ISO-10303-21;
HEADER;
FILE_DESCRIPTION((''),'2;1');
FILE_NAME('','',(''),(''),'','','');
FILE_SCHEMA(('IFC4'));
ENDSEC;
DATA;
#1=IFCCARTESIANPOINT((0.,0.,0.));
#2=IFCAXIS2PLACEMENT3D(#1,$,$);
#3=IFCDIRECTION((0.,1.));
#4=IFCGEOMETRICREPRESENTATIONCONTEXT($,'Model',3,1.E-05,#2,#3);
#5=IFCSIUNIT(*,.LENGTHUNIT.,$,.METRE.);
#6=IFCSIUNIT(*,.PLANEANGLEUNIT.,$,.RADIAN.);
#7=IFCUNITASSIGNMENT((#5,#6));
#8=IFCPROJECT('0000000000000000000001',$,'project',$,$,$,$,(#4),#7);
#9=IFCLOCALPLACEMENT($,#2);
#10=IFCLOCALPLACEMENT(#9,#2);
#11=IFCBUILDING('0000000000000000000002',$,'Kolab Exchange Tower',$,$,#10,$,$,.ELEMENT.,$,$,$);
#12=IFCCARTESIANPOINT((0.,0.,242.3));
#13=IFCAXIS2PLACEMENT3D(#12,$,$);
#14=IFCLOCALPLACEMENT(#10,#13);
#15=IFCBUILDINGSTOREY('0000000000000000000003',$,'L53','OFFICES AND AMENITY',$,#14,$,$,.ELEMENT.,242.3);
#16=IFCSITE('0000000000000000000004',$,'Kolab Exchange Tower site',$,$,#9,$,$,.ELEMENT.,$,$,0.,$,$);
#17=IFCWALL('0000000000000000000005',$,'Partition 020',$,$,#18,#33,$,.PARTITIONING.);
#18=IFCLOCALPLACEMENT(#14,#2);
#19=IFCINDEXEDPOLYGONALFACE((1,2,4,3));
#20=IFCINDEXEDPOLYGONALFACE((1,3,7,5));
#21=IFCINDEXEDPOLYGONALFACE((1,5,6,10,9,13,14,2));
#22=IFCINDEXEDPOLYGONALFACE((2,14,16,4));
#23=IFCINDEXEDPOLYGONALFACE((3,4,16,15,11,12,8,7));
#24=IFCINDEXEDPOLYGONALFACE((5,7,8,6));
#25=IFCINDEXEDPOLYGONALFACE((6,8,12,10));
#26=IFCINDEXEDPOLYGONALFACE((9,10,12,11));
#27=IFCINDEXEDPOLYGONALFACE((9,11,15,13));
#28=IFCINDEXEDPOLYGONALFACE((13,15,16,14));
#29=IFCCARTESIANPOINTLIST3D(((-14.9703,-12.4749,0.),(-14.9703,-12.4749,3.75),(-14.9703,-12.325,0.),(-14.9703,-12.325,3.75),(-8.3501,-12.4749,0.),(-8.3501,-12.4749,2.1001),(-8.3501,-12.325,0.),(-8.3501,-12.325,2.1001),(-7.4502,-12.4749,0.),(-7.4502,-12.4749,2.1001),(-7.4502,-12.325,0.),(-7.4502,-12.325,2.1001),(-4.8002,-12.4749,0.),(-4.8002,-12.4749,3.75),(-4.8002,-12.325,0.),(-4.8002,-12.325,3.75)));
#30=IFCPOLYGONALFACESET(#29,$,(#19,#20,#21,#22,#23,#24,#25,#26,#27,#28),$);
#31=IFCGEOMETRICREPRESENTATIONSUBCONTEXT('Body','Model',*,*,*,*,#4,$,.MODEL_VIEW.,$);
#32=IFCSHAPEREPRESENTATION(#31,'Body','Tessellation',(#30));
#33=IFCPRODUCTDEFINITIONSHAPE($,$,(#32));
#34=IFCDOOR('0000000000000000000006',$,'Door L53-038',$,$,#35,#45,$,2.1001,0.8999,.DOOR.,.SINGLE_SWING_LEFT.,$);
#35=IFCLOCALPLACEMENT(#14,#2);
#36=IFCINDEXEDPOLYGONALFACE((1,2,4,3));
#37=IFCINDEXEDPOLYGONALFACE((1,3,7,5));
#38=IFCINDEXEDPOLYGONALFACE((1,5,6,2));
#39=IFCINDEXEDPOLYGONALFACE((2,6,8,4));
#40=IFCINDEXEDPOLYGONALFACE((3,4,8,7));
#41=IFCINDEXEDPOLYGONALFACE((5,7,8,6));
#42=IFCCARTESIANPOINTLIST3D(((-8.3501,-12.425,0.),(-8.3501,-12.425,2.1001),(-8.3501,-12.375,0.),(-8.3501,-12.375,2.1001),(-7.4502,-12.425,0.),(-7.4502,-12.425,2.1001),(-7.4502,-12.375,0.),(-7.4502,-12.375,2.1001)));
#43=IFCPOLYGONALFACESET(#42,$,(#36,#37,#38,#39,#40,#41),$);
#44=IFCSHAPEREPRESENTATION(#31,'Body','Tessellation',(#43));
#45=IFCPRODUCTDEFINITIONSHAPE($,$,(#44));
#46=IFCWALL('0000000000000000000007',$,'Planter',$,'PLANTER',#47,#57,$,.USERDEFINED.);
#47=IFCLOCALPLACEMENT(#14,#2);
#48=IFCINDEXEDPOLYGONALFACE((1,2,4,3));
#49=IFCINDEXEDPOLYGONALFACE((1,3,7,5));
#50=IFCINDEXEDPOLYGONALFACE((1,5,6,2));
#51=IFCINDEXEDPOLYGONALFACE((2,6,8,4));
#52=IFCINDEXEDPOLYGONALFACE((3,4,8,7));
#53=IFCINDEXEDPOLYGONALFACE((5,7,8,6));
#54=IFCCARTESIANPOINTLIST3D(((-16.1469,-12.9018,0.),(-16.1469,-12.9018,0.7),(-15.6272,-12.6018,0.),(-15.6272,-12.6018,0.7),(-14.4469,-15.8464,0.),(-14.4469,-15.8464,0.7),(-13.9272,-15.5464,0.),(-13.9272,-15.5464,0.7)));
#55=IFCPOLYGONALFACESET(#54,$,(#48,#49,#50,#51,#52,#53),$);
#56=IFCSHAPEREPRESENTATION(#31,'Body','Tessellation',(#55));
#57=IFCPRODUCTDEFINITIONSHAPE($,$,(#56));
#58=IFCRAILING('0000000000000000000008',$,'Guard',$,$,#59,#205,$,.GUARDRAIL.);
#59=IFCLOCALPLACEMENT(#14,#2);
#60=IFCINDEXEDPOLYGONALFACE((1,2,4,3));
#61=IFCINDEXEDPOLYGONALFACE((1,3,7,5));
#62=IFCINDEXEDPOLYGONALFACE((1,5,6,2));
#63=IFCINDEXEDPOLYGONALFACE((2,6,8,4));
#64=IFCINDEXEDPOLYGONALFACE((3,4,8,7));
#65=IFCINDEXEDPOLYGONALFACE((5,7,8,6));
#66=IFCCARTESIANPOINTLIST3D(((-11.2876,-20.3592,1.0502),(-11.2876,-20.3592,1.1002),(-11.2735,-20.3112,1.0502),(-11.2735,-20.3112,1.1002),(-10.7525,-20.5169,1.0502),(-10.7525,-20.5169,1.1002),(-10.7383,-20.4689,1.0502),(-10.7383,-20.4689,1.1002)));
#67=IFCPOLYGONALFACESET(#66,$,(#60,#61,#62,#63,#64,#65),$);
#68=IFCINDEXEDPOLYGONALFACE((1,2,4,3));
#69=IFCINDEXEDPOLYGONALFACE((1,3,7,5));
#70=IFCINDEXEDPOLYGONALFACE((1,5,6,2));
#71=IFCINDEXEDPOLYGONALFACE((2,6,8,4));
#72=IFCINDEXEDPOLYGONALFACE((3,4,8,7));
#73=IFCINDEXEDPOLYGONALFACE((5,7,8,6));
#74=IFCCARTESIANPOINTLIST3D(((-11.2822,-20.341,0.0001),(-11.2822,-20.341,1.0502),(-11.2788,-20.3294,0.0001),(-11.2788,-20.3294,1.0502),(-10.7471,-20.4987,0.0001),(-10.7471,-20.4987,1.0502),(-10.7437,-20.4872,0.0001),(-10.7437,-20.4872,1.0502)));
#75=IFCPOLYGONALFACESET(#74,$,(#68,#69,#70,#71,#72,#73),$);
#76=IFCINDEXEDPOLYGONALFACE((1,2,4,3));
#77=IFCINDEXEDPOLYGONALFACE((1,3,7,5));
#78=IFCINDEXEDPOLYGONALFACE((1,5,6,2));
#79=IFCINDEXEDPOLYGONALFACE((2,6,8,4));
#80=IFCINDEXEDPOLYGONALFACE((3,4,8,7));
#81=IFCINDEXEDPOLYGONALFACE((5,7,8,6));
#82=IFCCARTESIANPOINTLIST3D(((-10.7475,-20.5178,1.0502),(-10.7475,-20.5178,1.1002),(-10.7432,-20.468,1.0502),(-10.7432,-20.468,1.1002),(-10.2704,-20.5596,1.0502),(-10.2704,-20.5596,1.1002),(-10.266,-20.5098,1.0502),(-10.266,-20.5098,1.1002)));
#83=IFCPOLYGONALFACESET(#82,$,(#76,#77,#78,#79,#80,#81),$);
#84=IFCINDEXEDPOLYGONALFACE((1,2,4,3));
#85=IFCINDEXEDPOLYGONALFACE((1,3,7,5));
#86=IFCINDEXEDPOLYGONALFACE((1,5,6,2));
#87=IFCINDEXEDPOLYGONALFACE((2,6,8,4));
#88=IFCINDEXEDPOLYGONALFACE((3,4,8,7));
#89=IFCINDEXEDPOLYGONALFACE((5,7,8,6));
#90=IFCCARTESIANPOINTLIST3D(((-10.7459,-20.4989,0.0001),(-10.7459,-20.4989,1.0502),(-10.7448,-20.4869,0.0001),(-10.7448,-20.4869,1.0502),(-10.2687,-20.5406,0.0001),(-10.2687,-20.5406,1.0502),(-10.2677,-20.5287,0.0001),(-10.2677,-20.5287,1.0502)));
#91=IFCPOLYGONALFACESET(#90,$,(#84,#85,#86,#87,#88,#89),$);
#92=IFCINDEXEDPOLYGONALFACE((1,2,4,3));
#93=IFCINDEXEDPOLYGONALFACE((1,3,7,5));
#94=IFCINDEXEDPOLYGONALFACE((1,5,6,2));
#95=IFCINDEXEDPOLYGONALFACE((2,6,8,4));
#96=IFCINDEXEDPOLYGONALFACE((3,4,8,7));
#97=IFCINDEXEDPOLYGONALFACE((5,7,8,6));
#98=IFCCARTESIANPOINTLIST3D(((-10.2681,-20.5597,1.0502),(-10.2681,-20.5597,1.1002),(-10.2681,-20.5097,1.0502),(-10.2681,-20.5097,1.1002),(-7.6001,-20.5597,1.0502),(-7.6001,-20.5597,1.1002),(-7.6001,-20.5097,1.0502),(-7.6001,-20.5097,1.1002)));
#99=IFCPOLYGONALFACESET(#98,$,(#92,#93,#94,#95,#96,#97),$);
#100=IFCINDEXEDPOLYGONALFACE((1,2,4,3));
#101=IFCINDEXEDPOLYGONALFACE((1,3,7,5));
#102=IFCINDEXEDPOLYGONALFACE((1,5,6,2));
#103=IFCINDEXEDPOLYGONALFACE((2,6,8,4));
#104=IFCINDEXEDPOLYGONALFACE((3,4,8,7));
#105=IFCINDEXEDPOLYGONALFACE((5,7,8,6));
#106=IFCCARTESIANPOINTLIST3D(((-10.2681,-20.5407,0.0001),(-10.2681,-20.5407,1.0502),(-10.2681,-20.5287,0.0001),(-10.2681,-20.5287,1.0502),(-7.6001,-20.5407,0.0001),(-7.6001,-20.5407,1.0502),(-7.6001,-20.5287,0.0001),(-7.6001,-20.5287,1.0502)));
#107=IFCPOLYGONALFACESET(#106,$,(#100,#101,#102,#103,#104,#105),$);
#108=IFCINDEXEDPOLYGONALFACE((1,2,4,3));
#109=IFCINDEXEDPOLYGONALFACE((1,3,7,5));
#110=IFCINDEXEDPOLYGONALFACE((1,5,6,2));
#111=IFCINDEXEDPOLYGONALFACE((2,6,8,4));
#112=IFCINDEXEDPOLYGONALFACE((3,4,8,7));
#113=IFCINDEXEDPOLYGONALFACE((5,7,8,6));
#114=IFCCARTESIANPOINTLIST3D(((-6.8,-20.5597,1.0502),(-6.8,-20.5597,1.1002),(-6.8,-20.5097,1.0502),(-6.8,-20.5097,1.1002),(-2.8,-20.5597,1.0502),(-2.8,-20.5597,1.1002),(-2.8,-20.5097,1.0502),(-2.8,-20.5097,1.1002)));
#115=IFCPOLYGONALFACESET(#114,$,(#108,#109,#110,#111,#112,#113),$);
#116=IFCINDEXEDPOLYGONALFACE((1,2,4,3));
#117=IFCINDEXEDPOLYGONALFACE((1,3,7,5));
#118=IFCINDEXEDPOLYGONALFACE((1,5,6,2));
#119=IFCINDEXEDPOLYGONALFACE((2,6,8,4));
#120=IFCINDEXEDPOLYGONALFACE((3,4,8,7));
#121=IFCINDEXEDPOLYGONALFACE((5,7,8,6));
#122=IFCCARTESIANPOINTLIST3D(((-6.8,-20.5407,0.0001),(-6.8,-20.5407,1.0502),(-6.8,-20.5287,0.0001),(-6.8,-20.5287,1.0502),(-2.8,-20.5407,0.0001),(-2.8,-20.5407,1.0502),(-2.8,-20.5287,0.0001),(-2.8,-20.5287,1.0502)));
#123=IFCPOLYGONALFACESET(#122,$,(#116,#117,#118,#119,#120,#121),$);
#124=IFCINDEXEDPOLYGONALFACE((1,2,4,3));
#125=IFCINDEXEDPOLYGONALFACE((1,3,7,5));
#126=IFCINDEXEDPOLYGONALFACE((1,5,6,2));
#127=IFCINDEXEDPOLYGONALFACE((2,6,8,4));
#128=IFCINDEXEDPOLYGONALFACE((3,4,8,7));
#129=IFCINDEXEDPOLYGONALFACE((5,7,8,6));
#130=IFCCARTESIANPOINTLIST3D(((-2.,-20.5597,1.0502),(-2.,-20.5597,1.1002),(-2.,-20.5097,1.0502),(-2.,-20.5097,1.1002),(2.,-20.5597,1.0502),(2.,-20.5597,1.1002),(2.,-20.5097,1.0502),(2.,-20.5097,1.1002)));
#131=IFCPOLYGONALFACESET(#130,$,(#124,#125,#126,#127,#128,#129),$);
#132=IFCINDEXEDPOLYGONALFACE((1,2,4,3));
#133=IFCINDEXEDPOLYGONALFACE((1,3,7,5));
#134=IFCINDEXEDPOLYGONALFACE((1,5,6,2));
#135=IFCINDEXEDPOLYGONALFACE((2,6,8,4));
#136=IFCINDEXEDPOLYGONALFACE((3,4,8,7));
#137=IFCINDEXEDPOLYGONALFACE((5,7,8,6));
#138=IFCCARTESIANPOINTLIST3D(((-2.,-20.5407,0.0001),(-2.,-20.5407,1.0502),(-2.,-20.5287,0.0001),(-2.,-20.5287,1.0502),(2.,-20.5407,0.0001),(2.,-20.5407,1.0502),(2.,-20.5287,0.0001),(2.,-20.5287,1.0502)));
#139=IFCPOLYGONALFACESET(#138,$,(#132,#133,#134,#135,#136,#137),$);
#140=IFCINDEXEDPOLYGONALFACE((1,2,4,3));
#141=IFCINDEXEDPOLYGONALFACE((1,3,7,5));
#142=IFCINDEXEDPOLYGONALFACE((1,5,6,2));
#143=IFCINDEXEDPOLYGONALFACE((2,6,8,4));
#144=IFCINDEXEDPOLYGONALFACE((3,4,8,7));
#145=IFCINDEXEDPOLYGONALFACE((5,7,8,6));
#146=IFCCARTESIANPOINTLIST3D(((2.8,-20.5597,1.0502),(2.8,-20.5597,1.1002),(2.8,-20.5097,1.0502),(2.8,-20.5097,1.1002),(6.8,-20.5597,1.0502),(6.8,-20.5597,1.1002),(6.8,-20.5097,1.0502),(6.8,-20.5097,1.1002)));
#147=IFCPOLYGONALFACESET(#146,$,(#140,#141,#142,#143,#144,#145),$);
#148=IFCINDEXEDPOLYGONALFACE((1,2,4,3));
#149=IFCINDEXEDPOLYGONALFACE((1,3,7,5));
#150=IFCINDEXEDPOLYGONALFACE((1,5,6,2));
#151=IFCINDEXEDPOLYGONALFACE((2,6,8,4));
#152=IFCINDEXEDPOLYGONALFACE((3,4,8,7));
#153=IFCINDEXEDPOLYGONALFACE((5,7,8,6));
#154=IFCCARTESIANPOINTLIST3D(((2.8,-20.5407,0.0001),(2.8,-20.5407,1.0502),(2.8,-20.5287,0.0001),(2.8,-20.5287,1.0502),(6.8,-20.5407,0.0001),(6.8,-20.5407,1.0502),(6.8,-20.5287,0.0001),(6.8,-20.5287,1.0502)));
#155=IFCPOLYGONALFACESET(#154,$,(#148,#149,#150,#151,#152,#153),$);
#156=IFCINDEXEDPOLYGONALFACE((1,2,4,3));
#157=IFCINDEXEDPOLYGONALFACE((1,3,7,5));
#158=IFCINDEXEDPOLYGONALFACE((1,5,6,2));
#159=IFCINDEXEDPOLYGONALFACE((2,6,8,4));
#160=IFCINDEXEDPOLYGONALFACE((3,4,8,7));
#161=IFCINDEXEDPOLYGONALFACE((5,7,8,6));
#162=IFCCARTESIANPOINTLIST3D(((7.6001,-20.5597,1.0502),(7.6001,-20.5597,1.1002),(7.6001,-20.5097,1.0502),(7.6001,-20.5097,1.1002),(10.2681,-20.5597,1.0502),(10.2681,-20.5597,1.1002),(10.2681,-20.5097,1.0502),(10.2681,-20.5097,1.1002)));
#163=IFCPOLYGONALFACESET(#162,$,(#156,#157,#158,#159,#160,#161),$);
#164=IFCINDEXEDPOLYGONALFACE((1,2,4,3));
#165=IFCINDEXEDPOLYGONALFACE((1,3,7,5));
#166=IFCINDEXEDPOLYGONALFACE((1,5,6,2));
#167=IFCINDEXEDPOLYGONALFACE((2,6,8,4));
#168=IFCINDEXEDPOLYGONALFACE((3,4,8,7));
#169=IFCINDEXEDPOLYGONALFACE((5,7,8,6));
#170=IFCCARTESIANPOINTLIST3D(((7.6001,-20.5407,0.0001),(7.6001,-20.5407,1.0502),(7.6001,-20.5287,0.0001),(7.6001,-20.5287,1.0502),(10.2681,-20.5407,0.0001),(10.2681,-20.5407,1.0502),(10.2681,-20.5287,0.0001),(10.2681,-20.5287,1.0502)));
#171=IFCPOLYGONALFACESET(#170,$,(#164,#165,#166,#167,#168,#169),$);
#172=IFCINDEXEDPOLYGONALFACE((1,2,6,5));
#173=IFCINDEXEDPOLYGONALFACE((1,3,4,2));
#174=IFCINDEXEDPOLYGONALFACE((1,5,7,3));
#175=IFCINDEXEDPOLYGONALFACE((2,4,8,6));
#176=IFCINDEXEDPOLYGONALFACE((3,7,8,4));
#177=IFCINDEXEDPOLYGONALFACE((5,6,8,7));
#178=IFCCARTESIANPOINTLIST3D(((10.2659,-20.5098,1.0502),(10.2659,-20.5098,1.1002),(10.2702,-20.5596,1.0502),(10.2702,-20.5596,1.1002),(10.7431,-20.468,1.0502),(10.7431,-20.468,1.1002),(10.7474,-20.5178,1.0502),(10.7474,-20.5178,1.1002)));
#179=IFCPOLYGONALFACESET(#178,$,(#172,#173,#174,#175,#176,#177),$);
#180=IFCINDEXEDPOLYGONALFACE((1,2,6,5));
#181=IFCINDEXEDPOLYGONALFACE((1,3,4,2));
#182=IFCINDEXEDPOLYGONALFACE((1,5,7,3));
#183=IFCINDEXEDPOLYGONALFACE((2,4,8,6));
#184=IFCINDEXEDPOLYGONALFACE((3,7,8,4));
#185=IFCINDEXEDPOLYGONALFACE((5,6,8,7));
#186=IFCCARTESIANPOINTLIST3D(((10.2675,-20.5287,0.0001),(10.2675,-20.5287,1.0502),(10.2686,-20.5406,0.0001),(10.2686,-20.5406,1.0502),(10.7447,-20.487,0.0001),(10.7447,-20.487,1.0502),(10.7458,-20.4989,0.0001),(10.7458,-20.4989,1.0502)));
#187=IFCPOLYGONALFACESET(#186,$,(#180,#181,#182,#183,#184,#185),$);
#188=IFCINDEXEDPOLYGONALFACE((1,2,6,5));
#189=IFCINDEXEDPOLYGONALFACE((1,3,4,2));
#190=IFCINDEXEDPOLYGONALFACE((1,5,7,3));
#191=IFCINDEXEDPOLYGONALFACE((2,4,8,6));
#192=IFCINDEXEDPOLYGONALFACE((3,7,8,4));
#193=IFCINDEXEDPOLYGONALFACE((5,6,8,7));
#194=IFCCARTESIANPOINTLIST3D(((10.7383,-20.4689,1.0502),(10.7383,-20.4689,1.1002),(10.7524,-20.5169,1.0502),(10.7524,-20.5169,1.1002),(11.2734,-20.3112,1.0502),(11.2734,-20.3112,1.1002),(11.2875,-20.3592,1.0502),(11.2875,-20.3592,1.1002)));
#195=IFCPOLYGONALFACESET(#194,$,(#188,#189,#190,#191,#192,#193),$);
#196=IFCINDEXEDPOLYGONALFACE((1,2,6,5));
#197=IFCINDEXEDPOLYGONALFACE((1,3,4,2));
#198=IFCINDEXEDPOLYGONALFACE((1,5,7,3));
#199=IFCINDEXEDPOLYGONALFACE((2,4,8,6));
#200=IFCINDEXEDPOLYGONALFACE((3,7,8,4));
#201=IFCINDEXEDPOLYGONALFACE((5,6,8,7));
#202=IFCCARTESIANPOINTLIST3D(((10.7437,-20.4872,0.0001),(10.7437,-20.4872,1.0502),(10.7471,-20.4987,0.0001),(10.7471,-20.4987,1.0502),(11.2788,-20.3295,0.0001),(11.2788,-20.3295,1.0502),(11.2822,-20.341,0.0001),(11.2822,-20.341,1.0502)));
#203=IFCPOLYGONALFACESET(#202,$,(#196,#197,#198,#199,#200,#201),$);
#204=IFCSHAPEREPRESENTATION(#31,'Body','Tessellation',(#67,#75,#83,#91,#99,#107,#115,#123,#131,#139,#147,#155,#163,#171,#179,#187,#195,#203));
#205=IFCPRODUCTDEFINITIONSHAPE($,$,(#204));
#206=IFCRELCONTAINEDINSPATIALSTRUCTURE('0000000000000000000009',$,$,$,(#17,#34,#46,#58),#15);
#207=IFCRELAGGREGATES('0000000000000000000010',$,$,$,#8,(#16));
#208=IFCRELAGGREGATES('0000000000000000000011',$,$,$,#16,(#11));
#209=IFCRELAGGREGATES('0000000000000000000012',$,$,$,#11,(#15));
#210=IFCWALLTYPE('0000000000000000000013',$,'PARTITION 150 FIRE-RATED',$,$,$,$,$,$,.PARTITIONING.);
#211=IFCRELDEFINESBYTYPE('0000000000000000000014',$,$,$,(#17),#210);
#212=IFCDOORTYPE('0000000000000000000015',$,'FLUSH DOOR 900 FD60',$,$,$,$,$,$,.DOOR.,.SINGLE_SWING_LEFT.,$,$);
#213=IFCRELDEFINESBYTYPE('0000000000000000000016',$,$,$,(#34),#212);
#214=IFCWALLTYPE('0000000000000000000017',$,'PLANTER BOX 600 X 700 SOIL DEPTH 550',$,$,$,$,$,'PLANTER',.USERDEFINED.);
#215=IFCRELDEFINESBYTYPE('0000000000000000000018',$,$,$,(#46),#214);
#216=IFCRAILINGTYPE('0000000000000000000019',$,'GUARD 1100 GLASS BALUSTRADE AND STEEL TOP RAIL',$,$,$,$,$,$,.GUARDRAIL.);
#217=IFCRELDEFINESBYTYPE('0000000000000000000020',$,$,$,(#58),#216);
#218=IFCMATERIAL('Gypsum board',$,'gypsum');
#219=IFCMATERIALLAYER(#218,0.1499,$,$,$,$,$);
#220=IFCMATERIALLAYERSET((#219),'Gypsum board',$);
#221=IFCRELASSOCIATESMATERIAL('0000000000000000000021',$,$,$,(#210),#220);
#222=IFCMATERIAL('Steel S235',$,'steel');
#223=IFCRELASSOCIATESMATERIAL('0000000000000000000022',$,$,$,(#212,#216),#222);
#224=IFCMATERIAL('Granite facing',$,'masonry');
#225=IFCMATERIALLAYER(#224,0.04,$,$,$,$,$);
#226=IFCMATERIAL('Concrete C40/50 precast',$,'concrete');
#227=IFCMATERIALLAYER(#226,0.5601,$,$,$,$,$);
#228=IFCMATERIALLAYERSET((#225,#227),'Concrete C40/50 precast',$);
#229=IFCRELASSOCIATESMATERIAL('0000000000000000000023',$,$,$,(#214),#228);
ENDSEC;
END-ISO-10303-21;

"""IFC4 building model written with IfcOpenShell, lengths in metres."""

from ifc_helpers import new_model, si_unit, direction, frame, frame_2d, origin, origin_2d, place, context, subcontext, project, spatial, rectangle, extrude, material, layer, layer_set, type_object, element, fill, save


model = new_model("IFC4")

# Units and contexts
model_context = context("Model", 3, precision=1e-05, world=origin(), true_north=direction((0.0, 1.0)))
body_context = subcontext(model_context, "Body", "Model", "MODEL_VIEW")
ifc_project = project(units=[si_unit("LENGTHUNIT", "METRE"), si_unit("PLANEANGLEUNIT", "RADIAN")], contexts=[model_context])

# Site, building, storey
site_placement = place(None, origin())
site = spatial("IfcSite", under=ifc_project, at=site_placement, Name="Kolab Exchange Tower site", CompositionType="ELEMENT", RefElevation=0.0)
building_placement = place(site_placement, origin())
building = spatial("IfcBuilding", under=site, at=building_placement, Name="Kolab Exchange Tower", CompositionType="ELEMENT")
storey_placement = place(building_placement, frame((0.0, 0.0, 242.3)))
storey = spatial("IfcBuildingStorey", under=building, at=storey_placement, Name="L53", Description="OFFICES AND AMENITY", CompositionType="ELEMENT", Elevation=242.3)

# Shared definitions
ifc_material_1 = material(Name="Gypsum board", Category="gypsum")

# Shared definitions
ifc_layer_1 = layer(ifc_material_1, 0.1499)
ifc_layer_set_1 = layer_set([ifc_layer_1], Name="Gypsum board")
wall_type_1 = type_object("IfcWallType", Name="PARTITION 150 FIRE-RATED", PredefinedType="PARTITIONING", material=ifc_layer_set_1)
ifc_material_2 = material(Name="Steel S235", Category="steel")

# Wall, opening, door
wall_1_placement = place(storey_placement, frame((-14.9702, -12.3999, 0.0), z_axis=(0.0, 0.0, 1.0), x_axis=(1.0, 0.0, 0.0)))
wall_1 = element("IfcWall", 1, at=wall_1_placement, inside=storey, type_object=wall_type_1, Name="Partition 020", PredefinedType="PARTITIONING", context=body_context, shape_type="SweptSolid", body=[
    extrude(rectangle(XDim=10.1702, YDim=0.1499, at=frame_2d((5.085, 0.0))), origin(), (0.0, 0.0, 1.0), 3.75),
])
opening_1_placement = place(wall_1_placement, frame((6.6201, 0.0, 0.0)))
opening_1 = element("IfcOpeningElement", 2, at=opening_1_placement, cuts=wall_1, PredefinedType="OPENING", context=body_context, shape_type="SweptSolid", body=[
    extrude(rectangle(XDim=0.8999, YDim=2.1001, at=frame_2d((0.45, 1.05))), frame((0.0, 0.085, 0.0), z_axis=(0.0, -1.0, 0.0), x_axis=(1.0, 0.0, 0.0)), (0.0, 0.0, 1.0), 0.1699),
])
door_type_1 = type_object("IfcDoorType", Name="FLUSH DOOR 900 FD60", OperationType="SINGLE_SWING_LEFT", PredefinedType="DOOR", material=ifc_material_2)
door_1_placement = place(opening_1_placement, origin())
door_1 = element("IfcDoor", 3, at=door_1_placement, inside=storey, type_object=door_type_1, Name="Door L53-038", OperationType="SINGLE_SWING_LEFT", OverallHeight=2.1001, OverallWidth=0.8999, PredefinedType="DOOR", context=body_context, shape_type="SweptSolid", body=[
    extrude(rectangle(XDim=0.8999, YDim=2.1001, at=frame_2d((0.45, 1.05))), frame((0.0, 0.0249, 0.0), z_axis=(0.0, -1.0, 0.0), x_axis=(1.0, 0.0, 0.0)), (0.0, 0.0, 1.0), 0.05),
])
fill(opening_1, door_1)

# Wall
ifc_material_3 = material(Name="Granite facing", Category="masonry")
ifc_layer_2 = layer(ifc_material_3, 0.04)
ifc_material_4 = material(Name="Concrete C40/50 precast", Category="concrete")
ifc_layer_3 = layer(ifc_material_4, 0.5601)
ifc_layer_set_2 = layer_set([ifc_layer_2, ifc_layer_3], Name="Concrete C40/50 precast")
wall_type_2 = type_object("IfcWallType", Name="PLANTER BOX 600 X 700 SOIL DEPTH 550", ElementType="PLANTER", PredefinedType="USERDEFINED", material=ifc_layer_set_2)
wall_2_placement = place(storey_placement, frame((-14.187, -15.6965, 0.0), z_axis=(0.0, 0.0, 1.0), x_axis=(-0.499977, 0.866039, 0.0)))
element("IfcWall", 4, at=wall_2_placement, inside=storey, type_object=wall_type_2, Name="Planter", ObjectType="PLANTER", PredefinedType="USERDEFINED", context=body_context, shape_type="SweptSolid", body=[
    extrude(rectangle(XDim=3.4001, YDim=0.6001, at=frame_2d((1.7002, 0.0))), origin(), (0.0, 0.0, 1.0), 0.7),
])

# Railing
railing_type = type_object("IfcRailingType", Name="GUARD 1100 GLASS BALUSTRADE AND STEEL TOP RAIL", PredefinedType="GUARDRAIL", material=ifc_material_2)
railing_placement = place(storey_placement, frame((-11.2805, -20.3352, 0.0)))
element("IfcRailing", 5, at=railing_placement, inside=storey, type_object=railing_type, Name="Guard", PredefinedType="GUARDRAIL", context=body_context, shape_type="SweptSolid", body=[
    extrude(rectangle(XDim=0.05, YDim=0.05, at=origin_2d()), frame((0.0, 0.0, 1.0752), z_axis=(0.959212, -0.282687, 0.0), x_axis=(0.282687, 0.959212, 0.0)), (0.0, 0.0, 1.0), 0.5579),
    extrude(rectangle(XDim=0.012, YDim=1.0501, at=frame_2d((0.0, 0.5251))), frame((0.0, 0.0, 0.0), z_axis=(0.959212, -0.282687, 0.0), x_axis=(0.282687, 0.959212, 0.0)), (0.0, 0.0, 1.0), 0.5579),
    extrude(rectangle(XDim=0.05, YDim=0.05, at=origin_2d()), frame((0.5352, -0.1577, 1.0752), z_axis=(0.996196, -0.087135, 0.0), x_axis=(0.087135, 0.996196, 0.0)), (0.0, 0.0, 1.0), 0.479),
    extrude(rectangle(XDim=0.012, YDim=1.0501, at=frame_2d((0.0, 0.5251))), frame((0.5352, -0.1577, 0.0), z_axis=(0.996196, -0.087135, 0.0), x_axis=(0.087135, 0.996196, 0.0)), (0.0, 0.0, 1.0), 0.479),
    extrude(rectangle(XDim=0.05, YDim=0.05, at=origin_2d()), frame((1.0125, -0.1995, 1.0752), z_axis=(1.0, 0.0, 0.0), x_axis=(0.0, 1.0, 0.0)), (0.0, 0.0, 1.0), 2.668),
    extrude(rectangle(XDim=0.012, YDim=1.0501, at=frame_2d((0.0, 0.5251))), frame((1.0125, -0.1995, 0.0), z_axis=(1.0, 0.0, 0.0), x_axis=(0.0, 1.0, 0.0)), (0.0, 0.0, 1.0), 2.668),
    extrude(rectangle(XDim=0.05, YDim=0.05, at=origin_2d()), frame((4.4805, -0.1995, 1.0752), z_axis=(1.0, 0.0, 0.0), x_axis=(0.0, 1.0, 0.0)), (0.0, 0.0, 1.0), 4.0),
    extrude(rectangle(XDim=0.012, YDim=1.0501, at=frame_2d((0.0, 0.5251))), frame((4.4805, -0.1995, 0.0), z_axis=(1.0, 0.0, 0.0), x_axis=(0.0, 1.0, 0.0)), (0.0, 0.0, 1.0), 4.0),
    extrude(rectangle(XDim=0.05, YDim=0.05, at=origin_2d()), frame((9.2805, -0.1995, 1.0752), z_axis=(1.0, 0.0, 0.0), x_axis=(0.0, 1.0, 0.0)), (0.0, 0.0, 1.0), 4.0),
    extrude(rectangle(XDim=0.012, YDim=1.0501, at=frame_2d((0.0, 0.5251))), frame((9.2805, -0.1995, 0.0), z_axis=(1.0, 0.0, 0.0), x_axis=(0.0, 1.0, 0.0)), (0.0, 0.0, 1.0), 4.0),
    extrude(rectangle(XDim=0.05, YDim=0.05, at=origin_2d()), frame((14.0806, -0.1995, 1.0752), z_axis=(1.0, 0.0, 0.0), x_axis=(0.0, 1.0, 0.0)), (0.0, 0.0, 1.0), 4.0),
    extrude(rectangle(XDim=0.012, YDim=1.0501, at=frame_2d((0.0, 0.5251))), frame((14.0806, -0.1995, 0.0), z_axis=(1.0, 0.0, 0.0), x_axis=(0.0, 1.0, 0.0)), (0.0, 0.0, 1.0), 4.0),
    extrude(rectangle(XDim=0.05, YDim=0.05, at=origin_2d()), frame((18.8806, -0.1995, 1.0752), z_axis=(1.0, 0.0, 0.0), x_axis=(0.0, 1.0, 0.0)), (0.0, 0.0, 1.0), 2.668),
    extrude(rectangle(XDim=0.012, YDim=1.0501, at=frame_2d((0.0, 0.5251))), frame((18.8806, -0.1995, 0.0), z_axis=(1.0, 0.0, 0.0), x_axis=(0.0, 1.0, 0.0)), (0.0, 0.0, 1.0), 2.668),
    extrude(rectangle(XDim=0.05, YDim=0.05, at=origin_2d()), frame((21.5486, -0.1995, 1.0752), z_axis=(0.996196, 0.087135, 0.0), x_axis=(-0.087135, 0.996196, 0.0)), (0.0, 0.0, 1.0), 0.479),
    extrude(rectangle(XDim=0.012, YDim=1.0501, at=frame_2d((0.0, 0.5251))), frame((21.5486, -0.1995, 0.0), z_axis=(0.996196, 0.087135, 0.0), x_axis=(-0.087135, 0.996196, 0.0)), (0.0, 0.0, 1.0), 0.479),
    extrude(rectangle(XDim=0.05, YDim=0.05, at=origin_2d()), frame((22.0259, -0.1577, 1.0752), z_axis=(0.959212, 0.282687, 0.0), x_axis=(-0.282687, 0.959212, 0.0)), (0.0, 0.0, 1.0), 0.5579),
    extrude(rectangle(XDim=0.012, YDim=1.0501, at=frame_2d((0.0, 0.5251))), frame((22.0259, -0.1577, 0.0), z_axis=(0.959212, 0.282687, 0.0), x_axis=(-0.282687, 0.959212, 0.0)), (0.0, 0.0, 1.0), 0.5579),
])

save(model, "model.ifc")
